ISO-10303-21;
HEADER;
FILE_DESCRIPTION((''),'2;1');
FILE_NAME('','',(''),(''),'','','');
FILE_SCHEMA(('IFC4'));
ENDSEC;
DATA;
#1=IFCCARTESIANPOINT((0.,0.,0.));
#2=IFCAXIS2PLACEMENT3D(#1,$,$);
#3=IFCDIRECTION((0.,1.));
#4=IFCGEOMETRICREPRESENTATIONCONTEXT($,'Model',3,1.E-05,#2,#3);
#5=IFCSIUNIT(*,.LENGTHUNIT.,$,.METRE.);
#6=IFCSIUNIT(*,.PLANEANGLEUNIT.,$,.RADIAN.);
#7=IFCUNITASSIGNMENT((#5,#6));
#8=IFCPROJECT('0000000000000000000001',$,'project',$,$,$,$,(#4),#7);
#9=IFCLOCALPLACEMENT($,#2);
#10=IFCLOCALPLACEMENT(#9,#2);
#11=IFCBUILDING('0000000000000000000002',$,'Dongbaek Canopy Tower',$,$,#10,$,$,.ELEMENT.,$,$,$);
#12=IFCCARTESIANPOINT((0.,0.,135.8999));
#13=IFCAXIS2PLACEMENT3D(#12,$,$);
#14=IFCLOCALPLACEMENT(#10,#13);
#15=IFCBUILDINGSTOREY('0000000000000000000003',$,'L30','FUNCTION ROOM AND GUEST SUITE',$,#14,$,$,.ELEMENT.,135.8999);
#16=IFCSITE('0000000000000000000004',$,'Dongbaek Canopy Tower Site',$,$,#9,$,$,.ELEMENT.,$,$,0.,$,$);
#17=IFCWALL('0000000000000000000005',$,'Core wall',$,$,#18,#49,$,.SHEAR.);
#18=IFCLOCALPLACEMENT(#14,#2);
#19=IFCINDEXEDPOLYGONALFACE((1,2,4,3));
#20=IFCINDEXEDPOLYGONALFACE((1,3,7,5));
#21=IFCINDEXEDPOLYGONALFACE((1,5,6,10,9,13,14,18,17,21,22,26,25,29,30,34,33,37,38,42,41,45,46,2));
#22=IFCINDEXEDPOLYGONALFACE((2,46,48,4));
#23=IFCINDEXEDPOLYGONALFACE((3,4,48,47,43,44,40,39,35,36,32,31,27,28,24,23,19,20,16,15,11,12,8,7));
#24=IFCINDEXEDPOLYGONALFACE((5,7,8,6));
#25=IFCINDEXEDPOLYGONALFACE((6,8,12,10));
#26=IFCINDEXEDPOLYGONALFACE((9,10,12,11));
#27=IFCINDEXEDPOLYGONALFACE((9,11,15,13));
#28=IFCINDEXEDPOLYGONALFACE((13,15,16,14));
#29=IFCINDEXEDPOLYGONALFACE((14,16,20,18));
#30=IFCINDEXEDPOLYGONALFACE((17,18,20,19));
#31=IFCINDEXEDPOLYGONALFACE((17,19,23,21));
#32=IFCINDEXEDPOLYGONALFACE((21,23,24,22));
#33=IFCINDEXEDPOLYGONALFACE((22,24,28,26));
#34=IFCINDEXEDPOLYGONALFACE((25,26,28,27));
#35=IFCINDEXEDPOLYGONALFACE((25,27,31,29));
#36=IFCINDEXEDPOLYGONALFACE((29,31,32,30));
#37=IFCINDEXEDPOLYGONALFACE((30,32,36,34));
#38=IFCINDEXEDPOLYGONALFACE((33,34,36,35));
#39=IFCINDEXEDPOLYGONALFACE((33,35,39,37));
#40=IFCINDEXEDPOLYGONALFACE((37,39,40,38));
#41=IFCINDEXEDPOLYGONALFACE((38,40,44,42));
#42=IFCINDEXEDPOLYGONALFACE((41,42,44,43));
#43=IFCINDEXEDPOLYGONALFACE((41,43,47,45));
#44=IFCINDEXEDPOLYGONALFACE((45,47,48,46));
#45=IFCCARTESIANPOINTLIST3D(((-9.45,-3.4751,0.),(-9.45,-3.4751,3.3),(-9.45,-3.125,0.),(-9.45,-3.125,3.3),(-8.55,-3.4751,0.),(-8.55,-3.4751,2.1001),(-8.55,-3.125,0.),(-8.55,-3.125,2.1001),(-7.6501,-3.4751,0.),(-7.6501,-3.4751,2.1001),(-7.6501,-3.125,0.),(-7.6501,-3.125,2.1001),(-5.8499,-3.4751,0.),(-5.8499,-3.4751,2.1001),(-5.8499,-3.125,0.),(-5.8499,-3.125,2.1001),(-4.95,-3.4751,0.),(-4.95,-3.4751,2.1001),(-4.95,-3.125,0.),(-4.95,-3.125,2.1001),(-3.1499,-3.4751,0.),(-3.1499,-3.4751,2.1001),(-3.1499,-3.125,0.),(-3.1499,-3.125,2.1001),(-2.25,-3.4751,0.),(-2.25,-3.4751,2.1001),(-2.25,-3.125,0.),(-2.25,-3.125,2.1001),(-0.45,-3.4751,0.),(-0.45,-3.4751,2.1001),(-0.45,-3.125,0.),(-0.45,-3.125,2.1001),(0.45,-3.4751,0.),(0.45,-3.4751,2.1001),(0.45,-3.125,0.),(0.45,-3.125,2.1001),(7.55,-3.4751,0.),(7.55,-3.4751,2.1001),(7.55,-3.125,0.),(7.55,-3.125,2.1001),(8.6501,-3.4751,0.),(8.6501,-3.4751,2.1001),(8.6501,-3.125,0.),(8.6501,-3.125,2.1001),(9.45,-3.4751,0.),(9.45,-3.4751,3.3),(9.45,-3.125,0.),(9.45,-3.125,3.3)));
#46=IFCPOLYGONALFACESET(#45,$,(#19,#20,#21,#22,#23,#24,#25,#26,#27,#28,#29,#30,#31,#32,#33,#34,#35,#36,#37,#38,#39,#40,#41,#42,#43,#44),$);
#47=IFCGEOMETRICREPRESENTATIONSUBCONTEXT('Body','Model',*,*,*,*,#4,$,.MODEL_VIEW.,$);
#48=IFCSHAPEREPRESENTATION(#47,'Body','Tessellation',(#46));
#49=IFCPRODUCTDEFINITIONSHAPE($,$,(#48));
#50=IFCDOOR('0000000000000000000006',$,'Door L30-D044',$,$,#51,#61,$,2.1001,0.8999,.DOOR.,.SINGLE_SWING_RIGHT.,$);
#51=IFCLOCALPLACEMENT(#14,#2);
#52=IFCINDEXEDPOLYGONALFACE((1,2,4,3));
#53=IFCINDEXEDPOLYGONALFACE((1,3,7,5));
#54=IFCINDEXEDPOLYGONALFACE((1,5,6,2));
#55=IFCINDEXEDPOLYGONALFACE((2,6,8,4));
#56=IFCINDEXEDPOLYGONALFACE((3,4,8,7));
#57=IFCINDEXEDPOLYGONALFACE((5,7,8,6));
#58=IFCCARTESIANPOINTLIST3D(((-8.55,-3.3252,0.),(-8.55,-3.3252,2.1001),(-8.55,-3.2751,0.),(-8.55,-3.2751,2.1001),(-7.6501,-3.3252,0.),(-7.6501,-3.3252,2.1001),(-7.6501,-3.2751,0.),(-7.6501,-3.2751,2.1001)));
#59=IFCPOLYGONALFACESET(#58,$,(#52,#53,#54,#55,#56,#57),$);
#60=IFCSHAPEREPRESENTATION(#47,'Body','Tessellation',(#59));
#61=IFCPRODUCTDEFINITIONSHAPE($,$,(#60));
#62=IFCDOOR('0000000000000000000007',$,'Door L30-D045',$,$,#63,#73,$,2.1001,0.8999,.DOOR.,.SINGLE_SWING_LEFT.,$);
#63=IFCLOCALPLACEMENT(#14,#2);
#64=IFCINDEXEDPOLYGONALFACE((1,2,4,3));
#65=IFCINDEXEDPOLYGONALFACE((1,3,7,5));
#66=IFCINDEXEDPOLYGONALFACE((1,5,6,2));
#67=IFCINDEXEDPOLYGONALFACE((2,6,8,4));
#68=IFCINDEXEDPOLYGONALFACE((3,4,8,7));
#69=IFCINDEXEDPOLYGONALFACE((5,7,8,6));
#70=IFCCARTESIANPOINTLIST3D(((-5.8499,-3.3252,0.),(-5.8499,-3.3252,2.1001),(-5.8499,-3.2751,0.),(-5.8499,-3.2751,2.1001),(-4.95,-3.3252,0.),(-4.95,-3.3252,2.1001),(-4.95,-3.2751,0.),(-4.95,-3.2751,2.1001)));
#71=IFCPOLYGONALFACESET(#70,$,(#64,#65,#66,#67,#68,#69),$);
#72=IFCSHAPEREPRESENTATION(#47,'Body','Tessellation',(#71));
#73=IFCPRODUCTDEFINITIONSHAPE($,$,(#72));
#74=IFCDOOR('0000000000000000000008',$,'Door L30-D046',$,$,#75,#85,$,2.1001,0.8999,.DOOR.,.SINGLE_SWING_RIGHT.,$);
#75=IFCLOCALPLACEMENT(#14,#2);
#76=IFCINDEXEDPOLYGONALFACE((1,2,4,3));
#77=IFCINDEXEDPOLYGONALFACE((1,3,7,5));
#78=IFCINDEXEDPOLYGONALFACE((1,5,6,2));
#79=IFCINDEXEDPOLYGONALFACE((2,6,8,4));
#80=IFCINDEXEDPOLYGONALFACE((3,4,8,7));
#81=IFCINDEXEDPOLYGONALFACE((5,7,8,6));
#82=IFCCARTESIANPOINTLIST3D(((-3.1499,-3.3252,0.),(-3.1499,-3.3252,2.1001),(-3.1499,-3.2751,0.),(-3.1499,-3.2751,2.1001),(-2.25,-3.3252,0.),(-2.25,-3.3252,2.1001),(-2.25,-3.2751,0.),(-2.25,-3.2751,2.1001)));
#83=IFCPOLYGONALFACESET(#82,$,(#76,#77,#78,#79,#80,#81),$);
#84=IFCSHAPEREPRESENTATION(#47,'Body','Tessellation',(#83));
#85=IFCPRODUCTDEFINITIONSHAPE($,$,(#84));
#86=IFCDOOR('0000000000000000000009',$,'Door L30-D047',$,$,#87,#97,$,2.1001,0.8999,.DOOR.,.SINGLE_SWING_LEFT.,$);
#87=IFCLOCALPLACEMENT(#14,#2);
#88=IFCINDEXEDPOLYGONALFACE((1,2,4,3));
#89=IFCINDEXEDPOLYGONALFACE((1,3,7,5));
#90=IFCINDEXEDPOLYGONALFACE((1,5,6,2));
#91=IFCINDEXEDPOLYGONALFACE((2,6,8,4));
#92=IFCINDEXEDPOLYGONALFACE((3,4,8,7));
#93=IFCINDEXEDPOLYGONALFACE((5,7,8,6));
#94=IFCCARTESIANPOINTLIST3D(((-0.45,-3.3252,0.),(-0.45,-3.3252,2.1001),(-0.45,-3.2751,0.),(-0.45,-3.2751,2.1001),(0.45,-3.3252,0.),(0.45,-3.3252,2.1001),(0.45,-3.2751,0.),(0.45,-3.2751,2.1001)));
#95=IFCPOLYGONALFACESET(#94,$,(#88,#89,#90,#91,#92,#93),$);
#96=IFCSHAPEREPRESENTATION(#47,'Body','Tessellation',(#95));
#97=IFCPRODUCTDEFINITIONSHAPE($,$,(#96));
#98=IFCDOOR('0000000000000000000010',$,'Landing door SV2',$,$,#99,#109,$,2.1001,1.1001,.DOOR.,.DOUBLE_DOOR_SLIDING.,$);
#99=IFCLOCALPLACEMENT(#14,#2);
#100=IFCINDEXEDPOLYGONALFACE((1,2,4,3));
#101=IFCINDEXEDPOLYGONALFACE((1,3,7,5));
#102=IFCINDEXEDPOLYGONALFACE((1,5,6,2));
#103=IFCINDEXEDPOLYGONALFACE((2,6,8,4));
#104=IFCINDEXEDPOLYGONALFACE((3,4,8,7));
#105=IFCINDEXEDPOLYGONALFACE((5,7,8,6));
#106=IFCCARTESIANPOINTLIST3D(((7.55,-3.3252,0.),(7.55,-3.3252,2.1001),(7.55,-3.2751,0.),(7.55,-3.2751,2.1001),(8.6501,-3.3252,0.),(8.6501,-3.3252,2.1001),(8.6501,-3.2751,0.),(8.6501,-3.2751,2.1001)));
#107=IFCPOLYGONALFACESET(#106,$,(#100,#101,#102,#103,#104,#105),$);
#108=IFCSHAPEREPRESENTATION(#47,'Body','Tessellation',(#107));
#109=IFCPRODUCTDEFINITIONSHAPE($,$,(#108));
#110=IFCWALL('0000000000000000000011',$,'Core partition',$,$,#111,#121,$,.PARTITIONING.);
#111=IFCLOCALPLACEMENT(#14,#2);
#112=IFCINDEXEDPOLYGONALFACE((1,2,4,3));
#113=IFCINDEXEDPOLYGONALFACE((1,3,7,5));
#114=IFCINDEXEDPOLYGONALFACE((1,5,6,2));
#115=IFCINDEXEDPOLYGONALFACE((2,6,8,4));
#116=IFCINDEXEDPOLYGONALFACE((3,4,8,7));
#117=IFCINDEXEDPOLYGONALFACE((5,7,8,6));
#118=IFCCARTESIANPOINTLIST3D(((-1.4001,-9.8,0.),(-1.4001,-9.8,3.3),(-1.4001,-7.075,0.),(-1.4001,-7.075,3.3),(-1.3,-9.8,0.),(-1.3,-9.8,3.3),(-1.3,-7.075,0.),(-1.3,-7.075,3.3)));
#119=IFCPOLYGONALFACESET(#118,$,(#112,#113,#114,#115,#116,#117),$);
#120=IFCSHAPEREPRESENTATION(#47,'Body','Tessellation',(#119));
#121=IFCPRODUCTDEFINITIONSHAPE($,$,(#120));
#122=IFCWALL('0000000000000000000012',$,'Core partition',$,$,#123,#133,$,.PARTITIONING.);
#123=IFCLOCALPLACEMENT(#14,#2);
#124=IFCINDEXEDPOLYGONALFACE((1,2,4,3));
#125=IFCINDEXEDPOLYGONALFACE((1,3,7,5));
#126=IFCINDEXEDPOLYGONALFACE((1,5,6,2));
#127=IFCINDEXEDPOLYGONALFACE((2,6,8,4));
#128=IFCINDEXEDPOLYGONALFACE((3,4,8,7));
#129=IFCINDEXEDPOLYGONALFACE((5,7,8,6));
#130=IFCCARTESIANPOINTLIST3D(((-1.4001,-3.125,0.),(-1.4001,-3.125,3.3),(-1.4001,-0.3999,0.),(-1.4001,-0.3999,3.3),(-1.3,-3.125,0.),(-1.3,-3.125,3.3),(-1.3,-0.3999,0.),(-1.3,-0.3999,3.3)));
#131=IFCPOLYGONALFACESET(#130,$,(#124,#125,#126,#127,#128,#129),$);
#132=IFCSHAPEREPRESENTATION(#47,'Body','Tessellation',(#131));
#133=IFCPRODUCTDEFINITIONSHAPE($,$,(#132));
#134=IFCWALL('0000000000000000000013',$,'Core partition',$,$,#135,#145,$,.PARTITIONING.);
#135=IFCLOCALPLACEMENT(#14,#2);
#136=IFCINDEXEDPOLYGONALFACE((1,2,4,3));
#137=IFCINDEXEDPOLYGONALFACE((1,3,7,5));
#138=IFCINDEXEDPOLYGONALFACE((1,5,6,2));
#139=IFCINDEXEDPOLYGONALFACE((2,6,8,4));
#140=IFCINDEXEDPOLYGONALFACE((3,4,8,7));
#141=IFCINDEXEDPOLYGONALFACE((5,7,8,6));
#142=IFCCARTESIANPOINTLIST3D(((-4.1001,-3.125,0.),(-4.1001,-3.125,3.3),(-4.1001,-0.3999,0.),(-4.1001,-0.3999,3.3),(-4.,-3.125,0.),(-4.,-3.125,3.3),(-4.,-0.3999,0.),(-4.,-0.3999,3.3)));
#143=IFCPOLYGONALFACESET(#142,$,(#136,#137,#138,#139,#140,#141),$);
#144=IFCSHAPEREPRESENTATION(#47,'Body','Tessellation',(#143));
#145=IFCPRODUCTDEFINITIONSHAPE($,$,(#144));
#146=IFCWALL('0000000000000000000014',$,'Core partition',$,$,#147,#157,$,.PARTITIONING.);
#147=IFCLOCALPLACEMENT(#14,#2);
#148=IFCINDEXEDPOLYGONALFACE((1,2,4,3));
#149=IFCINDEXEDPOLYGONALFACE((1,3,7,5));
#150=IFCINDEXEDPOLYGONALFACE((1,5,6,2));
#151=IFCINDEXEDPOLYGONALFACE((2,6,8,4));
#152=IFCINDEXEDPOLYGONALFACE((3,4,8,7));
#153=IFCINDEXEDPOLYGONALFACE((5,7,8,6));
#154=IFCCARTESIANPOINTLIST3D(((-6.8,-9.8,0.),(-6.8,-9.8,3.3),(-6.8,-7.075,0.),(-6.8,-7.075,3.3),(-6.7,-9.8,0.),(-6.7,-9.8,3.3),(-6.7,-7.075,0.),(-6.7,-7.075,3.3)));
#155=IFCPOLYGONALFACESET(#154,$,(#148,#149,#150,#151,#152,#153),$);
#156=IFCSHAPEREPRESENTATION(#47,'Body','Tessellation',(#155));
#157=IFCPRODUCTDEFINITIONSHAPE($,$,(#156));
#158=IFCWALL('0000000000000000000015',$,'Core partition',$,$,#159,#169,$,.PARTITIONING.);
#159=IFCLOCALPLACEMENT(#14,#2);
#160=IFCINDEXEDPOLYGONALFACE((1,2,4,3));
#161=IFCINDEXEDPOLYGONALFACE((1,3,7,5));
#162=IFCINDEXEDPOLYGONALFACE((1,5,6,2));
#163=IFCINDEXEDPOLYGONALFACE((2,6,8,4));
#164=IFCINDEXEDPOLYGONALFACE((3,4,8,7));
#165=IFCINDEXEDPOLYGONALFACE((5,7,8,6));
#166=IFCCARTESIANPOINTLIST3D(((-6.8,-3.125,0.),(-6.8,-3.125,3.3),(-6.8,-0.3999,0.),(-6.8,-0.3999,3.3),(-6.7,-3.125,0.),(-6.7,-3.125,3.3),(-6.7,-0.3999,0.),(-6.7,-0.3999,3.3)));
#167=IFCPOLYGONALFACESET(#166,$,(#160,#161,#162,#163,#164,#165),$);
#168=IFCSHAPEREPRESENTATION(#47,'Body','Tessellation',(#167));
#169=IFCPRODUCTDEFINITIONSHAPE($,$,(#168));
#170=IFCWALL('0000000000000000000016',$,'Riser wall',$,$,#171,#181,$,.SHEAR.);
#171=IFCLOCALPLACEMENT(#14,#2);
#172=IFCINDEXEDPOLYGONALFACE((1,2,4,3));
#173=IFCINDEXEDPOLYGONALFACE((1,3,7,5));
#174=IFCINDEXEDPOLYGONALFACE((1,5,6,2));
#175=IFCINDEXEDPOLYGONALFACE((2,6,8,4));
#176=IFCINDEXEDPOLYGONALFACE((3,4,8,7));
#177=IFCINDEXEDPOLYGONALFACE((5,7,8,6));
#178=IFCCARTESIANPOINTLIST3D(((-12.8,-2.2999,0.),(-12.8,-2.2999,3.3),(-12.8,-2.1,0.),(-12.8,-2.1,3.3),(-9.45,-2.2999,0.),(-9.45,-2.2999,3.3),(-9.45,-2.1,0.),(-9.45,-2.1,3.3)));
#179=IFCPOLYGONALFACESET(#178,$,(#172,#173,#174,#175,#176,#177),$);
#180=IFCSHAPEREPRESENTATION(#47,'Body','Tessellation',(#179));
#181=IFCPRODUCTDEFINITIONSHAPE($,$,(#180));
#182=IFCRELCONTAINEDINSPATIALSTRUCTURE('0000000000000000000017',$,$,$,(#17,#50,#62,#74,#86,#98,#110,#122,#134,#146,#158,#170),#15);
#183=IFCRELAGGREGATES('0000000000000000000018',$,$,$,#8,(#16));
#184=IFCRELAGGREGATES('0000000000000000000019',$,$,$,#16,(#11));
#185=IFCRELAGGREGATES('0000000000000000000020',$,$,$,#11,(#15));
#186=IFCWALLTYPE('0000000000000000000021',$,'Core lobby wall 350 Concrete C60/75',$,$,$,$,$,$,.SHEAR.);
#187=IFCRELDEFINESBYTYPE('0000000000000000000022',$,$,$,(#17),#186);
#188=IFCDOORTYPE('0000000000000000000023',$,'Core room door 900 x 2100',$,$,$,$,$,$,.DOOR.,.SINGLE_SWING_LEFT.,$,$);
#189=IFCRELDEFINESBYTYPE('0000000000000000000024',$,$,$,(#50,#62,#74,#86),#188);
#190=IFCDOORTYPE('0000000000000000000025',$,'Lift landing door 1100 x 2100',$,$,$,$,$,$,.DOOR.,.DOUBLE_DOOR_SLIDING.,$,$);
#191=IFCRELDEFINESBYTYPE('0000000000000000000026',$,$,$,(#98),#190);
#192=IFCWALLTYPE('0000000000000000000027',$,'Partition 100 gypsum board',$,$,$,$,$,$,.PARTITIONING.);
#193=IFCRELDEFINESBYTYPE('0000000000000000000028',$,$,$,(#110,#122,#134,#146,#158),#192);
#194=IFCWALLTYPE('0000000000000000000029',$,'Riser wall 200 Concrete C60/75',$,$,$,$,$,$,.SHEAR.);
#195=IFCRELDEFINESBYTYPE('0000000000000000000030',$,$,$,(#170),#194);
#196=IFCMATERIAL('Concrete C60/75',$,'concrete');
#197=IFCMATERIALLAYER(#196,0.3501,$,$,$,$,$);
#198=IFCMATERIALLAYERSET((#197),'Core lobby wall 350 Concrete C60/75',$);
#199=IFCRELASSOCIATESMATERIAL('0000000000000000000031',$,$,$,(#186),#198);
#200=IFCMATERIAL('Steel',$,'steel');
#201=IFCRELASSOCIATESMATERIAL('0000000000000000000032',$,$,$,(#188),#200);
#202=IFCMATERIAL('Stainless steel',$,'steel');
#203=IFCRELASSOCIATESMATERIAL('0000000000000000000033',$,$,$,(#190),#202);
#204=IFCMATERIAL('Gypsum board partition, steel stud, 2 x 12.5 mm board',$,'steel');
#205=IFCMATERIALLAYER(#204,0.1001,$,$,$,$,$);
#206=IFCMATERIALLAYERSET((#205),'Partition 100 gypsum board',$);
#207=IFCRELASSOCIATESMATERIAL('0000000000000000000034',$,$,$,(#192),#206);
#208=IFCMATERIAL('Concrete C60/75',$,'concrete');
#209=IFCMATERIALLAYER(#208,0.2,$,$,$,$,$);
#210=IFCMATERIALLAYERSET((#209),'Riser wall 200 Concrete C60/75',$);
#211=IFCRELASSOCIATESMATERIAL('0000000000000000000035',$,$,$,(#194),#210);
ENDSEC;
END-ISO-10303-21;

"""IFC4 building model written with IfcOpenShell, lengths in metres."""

from ifc_helpers import new_model, si_unit, direction, frame, frame_2d, origin, place, context, subcontext, project, spatial, rectangle, extrude, material, layer, layer_set, type_object, element, fill, save


model = new_model("IFC4")

# Units and contexts
model_context = context("Model", 3, precision=1e-05, world=origin(), true_north=direction((0.0, 1.0)))
body_context = subcontext(model_context, "Body", "Model", "MODEL_VIEW")
ifc_project = project(units=[si_unit("LENGTHUNIT", "METRE"), si_unit("PLANEANGLEUNIT", "RADIAN")], contexts=[model_context])

# Site, building, storey
site_placement = place(None, origin())
site = spatial("IfcSite", under=ifc_project, at=site_placement, Name="Dongbaek Canopy Tower Site", CompositionType="ELEMENT", RefElevation=0.0)
building_placement = place(site_placement, origin())
building = spatial("IfcBuilding", under=site, at=building_placement, Name="Dongbaek Canopy Tower", CompositionType="ELEMENT")
storey_placement = place(building_placement, frame((0.0, 0.0, 135.8999)))
storey = spatial("IfcBuildingStorey", under=building, at=storey_placement, Name="L30", Description="FUNCTION ROOM AND GUEST SUITE", CompositionType="ELEMENT", Elevation=135.8999)

# Wall, openings, doors
ifc_material_1 = material(Name="Concrete C60/75", Category="concrete")
ifc_layer_1 = layer(ifc_material_1, 0.3501)
ifc_layer_set_1 = layer_set([ifc_layer_1], Name="Core lobby wall 350 Concrete C60/75")
wall_type_1 = type_object("IfcWallType", Name="Core lobby wall 350 Concrete C60/75", PredefinedType="SHEAR", material=ifc_layer_set_1)
wall_1_placement = place(storey_placement, frame((-9.45, -3.3, 0.0), z_axis=(0.0, 0.0, 1.0), x_axis=(1.0, 0.0, 0.0)))
wall_1 = element("IfcWall", 1, at=wall_1_placement, inside=storey, type_object=wall_type_1, Name="Core wall", PredefinedType="SHEAR", context=body_context, shape_type="SweptSolid", body=[
    extrude(rectangle(XDim=18.8999, YDim=0.3501, at=frame_2d((9.45, 0.0))), origin(), (0.0, 0.0, 1.0), 3.3),
])
opening_1_placement = place(wall_1_placement, frame((17.0, 0.0, 0.0)))
opening_1 = element("IfcOpeningElement", 2, at=opening_1_placement, cuts=wall_1, PredefinedType="OPENING", context=body_context, shape_type="SweptSolid", body=[
    extrude(rectangle(XDim=1.1001, YDim=2.1001, at=frame_2d((0.55, 1.05))), frame((0.0, 0.1851, 0.0), z_axis=(0.0, -1.0, 0.0), x_axis=(1.0, 0.0, 0.0)), (0.0, 0.0, 1.0), 0.3701),
])
opening_2_placement = place(wall_1_placement, frame((0.8999, 0.0, 0.0)))
opening_2 = element("IfcOpeningElement", 3, at=opening_2_placement, cuts=wall_1, PredefinedType="OPENING", context=body_context, shape_type="SweptSolid", body=[
    extrude(rectangle(XDim=0.8999, YDim=2.1001, at=frame_2d((0.45, 1.05))), frame((0.0, 0.1851, 0.0), z_axis=(0.0, -1.0, 0.0), x_axis=(1.0, 0.0, 0.0)), (0.0, 0.0, 1.0), 0.3701),
])
opening_3_placement = place(wall_1_placement, frame((3.6001, 0.0, 0.0)))
opening_3 = element("IfcOpeningElement", 4, at=opening_3_placement, cuts=wall_1, PredefinedType="OPENING", context=body_context, shape_type="SweptSolid", body=[
    extrude(rectangle(XDim=0.8999, YDim=2.1001, at=frame_2d((0.45, 1.05))), frame((0.0, 0.1851, 0.0), z_axis=(0.0, -1.0, 0.0), x_axis=(1.0, 0.0, 0.0)), (0.0, 0.0, 1.0), 0.3701),
])
opening_4_placement = place(wall_1_placement, frame((6.3, 0.0, 0.0)))
opening_4 = element("IfcOpeningElement", 5, at=opening_4_placement, cuts=wall_1, PredefinedType="OPENING", context=body_context, shape_type="SweptSolid", body=[
    extrude(rectangle(XDim=0.8999, YDim=2.1001, at=frame_2d((0.45, 1.05))), frame((0.0, 0.1851, 0.0), z_axis=(0.0, -1.0, 0.0), x_axis=(1.0, 0.0, 0.0)), (0.0, 0.0, 1.0), 0.3701),
])
opening_5_placement = place(wall_1_placement, frame((9.0, 0.0, 0.0)))
opening_5 = element("IfcOpeningElement", 6, at=opening_5_placement, cuts=wall_1, PredefinedType="OPENING", context=body_context, shape_type="SweptSolid", body=[
    extrude(rectangle(XDim=0.8999, YDim=2.1001, at=frame_2d((0.45, 1.05))), frame((0.0, 0.1851, 0.0), z_axis=(0.0, -1.0, 0.0), x_axis=(1.0, 0.0, 0.0)), (0.0, 0.0, 1.0), 0.3701),
])
ifc_material_2 = material(Name="Steel", Category="steel")
door_type_1 = type_object("IfcDoorType", Name="Core room door 900 x 2100", OperationType="SINGLE_SWING_LEFT", PredefinedType="DOOR", material=ifc_material_2)
door_1_placement = place(opening_2_placement, origin())
door_1 = element("IfcDoor", 7, at=door_1_placement, inside=storey, type_object=door_type_1, Name="Door L30-D044", OperationType="SINGLE_SWING_RIGHT", OverallHeight=2.1001, OverallWidth=0.8999, PredefinedType="DOOR", context=body_context, shape_type="SweptSolid", body=[
    extrude(rectangle(XDim=0.8999, YDim=2.1001, at=frame_2d((0.45, 1.05))), frame((0.0, 0.0249, 0.0), z_axis=(0.0, -1.0, 0.0), x_axis=(1.0, 0.0, 0.0)), (0.0, 0.0, 1.0), 0.05),
])
fill(opening_2, door_1)
door_2_placement = place(opening_3_placement, origin())
door_2 = element("IfcDoor", 8, at=door_2_placement, inside=storey, type_object=door_type_1, Name="Door L30-D045", OperationType="SINGLE_SWING_LEFT", OverallHeight=2.1001, OverallWidth=0.8999, PredefinedType="DOOR", context=body_context, shape_type="SweptSolid", body=[
    extrude(rectangle(XDim=0.8999, YDim=2.1001, at=frame_2d((0.45, 1.05))), frame((0.0, 0.0249, 0.0), z_axis=(0.0, -1.0, 0.0), x_axis=(1.0, 0.0, 0.0)), (0.0, 0.0, 1.0), 0.05),
])
fill(opening_3, door_2)
door_3_placement = place(opening_4_placement, origin())
door_3 = element("IfcDoor", 9, at=door_3_placement, inside=storey, type_object=door_type_1, Name="Door L30-D046", OperationType="SINGLE_SWING_RIGHT", OverallHeight=2.1001, OverallWidth=0.8999, PredefinedType="DOOR", context=body_context, shape_type="SweptSolid", body=[
    extrude(rectangle(XDim=0.8999, YDim=2.1001, at=frame_2d((0.45, 1.05))), frame((0.0, 0.0249, 0.0), z_axis=(0.0, -1.0, 0.0), x_axis=(1.0, 0.0, 0.0)), (0.0, 0.0, 1.0), 0.05),
])
fill(opening_4, door_3)
door_4_placement = place(opening_5_placement, origin())
door_4 = element("IfcDoor", 10, at=door_4_placement, inside=storey, type_object=door_type_1, Name="Door L30-D047", OperationType="SINGLE_SWING_LEFT", OverallHeight=2.1001, OverallWidth=0.8999, PredefinedType="DOOR", context=body_context, shape_type="SweptSolid", body=[
    extrude(rectangle(XDim=0.8999, YDim=2.1001, at=frame_2d((0.45, 1.05))), frame((0.0, 0.0249, 0.0), z_axis=(0.0, -1.0, 0.0), x_axis=(1.0, 0.0, 0.0)), (0.0, 0.0, 1.0), 0.05),
])
fill(opening_5, door_4)
ifc_material_3 = material(Name="Stainless steel", Category="steel")
door_type_2 = type_object("IfcDoorType", Name="Lift landing door 1100 x 2100", OperationType="DOUBLE_DOOR_SLIDING", PredefinedType="DOOR", material=ifc_material_3)
door_5_placement = place(opening_1_placement, origin())
door_5 = element("IfcDoor", 11, at=door_5_placement, inside=storey, type_object=door_type_2, Name="Landing door SV2", OperationType="DOUBLE_DOOR_SLIDING", OverallHeight=2.1001, OverallWidth=1.1001, PredefinedType="DOOR", context=body_context, shape_type="SweptSolid", body=[
    extrude(rectangle(XDim=1.1001, YDim=2.1001, at=frame_2d((0.55, 1.05))), frame((0.0, 0.0249, 0.0), z_axis=(0.0, -1.0, 0.0), x_axis=(1.0, 0.0, 0.0)), (0.0, 0.0, 1.0), 0.05),
])
fill(opening_1, door_5)

# Walls
ifc_material_4 = material(Name="Gypsum board partition, steel stud, 2 x 12.5 mm board", Category="steel")
ifc_layer_2 = layer(ifc_material_4, 0.1001)
ifc_layer_set_2 = layer_set([ifc_layer_2], Name="Partition 100 gypsum board")
wall_type_2 = type_object("IfcWallType", Name="Partition 100 gypsum board", PredefinedType="PARTITIONING", material=ifc_layer_set_2)
for number, where, z_axis, x_axis, name in (
    (12, (-1.3501, -9.8, 0.0), (0.0, 0.0, 1.0), (0.0, 1.0, 0.0), "Core partition"),
    (13, (-1.3501, -3.125, 0.0), (0.0, 0.0, 1.0), (0.0, 1.0, 0.0), "Core partition"),
    (14, (-4.05, -3.125, 0.0), (0.0, 0.0, 1.0), (0.0, 1.0, 0.0), "Core partition"),
    (15, (-6.75, -9.8, 0.0), (0.0, 0.0, 1.0), (0.0, 1.0, 0.0), "Core partition"),
    (16, (-6.75, -3.125, 0.0), (0.0, 0.0, 1.0), (0.0, 1.0, 0.0), "Core partition"),
):
    element("IfcWall", number, at=place(storey_placement, frame(where, z_axis=z_axis, x_axis=x_axis)), inside=storey, type_object=wall_type_2, Name=name, PredefinedType="PARTITIONING", context=body_context, shape_type="SweptSolid", body=[
        extrude(rectangle(XDim=2.7251, YDim=0.1001, at=frame_2d((1.3625, 0.0))), origin(), (0.0, 0.0, 1.0), 3.3),
    ])
ifc_material_5 = material(Name="Concrete C60/75", Category="concrete")
ifc_layer_3 = layer(ifc_material_5, 0.2)
ifc_layer_set_3 = layer_set([ifc_layer_3], Name="Riser wall 200 Concrete C60/75")
wall_type_3 = type_object("IfcWallType", Name="Riser wall 200 Concrete C60/75", PredefinedType="SHEAR", material=ifc_layer_set_3)
wall_2_placement = place(storey_placement, frame((-9.45, -2.2, 0.0), z_axis=(0.0, 0.0, 1.0), x_axis=(-1.0, 0.0, 0.0)))
element("IfcWall", 17, at=wall_2_placement, inside=storey, type_object=wall_type_3, Name="Riser wall", PredefinedType="SHEAR", context=body_context, shape_type="SweptSolid", body=[
    extrude(rectangle(XDim=3.3501, YDim=0.2, at=frame_2d((1.675, 0.0))), origin(), (0.0, 0.0, 1.0), 3.3),
])

save(model, "model.ifc")
